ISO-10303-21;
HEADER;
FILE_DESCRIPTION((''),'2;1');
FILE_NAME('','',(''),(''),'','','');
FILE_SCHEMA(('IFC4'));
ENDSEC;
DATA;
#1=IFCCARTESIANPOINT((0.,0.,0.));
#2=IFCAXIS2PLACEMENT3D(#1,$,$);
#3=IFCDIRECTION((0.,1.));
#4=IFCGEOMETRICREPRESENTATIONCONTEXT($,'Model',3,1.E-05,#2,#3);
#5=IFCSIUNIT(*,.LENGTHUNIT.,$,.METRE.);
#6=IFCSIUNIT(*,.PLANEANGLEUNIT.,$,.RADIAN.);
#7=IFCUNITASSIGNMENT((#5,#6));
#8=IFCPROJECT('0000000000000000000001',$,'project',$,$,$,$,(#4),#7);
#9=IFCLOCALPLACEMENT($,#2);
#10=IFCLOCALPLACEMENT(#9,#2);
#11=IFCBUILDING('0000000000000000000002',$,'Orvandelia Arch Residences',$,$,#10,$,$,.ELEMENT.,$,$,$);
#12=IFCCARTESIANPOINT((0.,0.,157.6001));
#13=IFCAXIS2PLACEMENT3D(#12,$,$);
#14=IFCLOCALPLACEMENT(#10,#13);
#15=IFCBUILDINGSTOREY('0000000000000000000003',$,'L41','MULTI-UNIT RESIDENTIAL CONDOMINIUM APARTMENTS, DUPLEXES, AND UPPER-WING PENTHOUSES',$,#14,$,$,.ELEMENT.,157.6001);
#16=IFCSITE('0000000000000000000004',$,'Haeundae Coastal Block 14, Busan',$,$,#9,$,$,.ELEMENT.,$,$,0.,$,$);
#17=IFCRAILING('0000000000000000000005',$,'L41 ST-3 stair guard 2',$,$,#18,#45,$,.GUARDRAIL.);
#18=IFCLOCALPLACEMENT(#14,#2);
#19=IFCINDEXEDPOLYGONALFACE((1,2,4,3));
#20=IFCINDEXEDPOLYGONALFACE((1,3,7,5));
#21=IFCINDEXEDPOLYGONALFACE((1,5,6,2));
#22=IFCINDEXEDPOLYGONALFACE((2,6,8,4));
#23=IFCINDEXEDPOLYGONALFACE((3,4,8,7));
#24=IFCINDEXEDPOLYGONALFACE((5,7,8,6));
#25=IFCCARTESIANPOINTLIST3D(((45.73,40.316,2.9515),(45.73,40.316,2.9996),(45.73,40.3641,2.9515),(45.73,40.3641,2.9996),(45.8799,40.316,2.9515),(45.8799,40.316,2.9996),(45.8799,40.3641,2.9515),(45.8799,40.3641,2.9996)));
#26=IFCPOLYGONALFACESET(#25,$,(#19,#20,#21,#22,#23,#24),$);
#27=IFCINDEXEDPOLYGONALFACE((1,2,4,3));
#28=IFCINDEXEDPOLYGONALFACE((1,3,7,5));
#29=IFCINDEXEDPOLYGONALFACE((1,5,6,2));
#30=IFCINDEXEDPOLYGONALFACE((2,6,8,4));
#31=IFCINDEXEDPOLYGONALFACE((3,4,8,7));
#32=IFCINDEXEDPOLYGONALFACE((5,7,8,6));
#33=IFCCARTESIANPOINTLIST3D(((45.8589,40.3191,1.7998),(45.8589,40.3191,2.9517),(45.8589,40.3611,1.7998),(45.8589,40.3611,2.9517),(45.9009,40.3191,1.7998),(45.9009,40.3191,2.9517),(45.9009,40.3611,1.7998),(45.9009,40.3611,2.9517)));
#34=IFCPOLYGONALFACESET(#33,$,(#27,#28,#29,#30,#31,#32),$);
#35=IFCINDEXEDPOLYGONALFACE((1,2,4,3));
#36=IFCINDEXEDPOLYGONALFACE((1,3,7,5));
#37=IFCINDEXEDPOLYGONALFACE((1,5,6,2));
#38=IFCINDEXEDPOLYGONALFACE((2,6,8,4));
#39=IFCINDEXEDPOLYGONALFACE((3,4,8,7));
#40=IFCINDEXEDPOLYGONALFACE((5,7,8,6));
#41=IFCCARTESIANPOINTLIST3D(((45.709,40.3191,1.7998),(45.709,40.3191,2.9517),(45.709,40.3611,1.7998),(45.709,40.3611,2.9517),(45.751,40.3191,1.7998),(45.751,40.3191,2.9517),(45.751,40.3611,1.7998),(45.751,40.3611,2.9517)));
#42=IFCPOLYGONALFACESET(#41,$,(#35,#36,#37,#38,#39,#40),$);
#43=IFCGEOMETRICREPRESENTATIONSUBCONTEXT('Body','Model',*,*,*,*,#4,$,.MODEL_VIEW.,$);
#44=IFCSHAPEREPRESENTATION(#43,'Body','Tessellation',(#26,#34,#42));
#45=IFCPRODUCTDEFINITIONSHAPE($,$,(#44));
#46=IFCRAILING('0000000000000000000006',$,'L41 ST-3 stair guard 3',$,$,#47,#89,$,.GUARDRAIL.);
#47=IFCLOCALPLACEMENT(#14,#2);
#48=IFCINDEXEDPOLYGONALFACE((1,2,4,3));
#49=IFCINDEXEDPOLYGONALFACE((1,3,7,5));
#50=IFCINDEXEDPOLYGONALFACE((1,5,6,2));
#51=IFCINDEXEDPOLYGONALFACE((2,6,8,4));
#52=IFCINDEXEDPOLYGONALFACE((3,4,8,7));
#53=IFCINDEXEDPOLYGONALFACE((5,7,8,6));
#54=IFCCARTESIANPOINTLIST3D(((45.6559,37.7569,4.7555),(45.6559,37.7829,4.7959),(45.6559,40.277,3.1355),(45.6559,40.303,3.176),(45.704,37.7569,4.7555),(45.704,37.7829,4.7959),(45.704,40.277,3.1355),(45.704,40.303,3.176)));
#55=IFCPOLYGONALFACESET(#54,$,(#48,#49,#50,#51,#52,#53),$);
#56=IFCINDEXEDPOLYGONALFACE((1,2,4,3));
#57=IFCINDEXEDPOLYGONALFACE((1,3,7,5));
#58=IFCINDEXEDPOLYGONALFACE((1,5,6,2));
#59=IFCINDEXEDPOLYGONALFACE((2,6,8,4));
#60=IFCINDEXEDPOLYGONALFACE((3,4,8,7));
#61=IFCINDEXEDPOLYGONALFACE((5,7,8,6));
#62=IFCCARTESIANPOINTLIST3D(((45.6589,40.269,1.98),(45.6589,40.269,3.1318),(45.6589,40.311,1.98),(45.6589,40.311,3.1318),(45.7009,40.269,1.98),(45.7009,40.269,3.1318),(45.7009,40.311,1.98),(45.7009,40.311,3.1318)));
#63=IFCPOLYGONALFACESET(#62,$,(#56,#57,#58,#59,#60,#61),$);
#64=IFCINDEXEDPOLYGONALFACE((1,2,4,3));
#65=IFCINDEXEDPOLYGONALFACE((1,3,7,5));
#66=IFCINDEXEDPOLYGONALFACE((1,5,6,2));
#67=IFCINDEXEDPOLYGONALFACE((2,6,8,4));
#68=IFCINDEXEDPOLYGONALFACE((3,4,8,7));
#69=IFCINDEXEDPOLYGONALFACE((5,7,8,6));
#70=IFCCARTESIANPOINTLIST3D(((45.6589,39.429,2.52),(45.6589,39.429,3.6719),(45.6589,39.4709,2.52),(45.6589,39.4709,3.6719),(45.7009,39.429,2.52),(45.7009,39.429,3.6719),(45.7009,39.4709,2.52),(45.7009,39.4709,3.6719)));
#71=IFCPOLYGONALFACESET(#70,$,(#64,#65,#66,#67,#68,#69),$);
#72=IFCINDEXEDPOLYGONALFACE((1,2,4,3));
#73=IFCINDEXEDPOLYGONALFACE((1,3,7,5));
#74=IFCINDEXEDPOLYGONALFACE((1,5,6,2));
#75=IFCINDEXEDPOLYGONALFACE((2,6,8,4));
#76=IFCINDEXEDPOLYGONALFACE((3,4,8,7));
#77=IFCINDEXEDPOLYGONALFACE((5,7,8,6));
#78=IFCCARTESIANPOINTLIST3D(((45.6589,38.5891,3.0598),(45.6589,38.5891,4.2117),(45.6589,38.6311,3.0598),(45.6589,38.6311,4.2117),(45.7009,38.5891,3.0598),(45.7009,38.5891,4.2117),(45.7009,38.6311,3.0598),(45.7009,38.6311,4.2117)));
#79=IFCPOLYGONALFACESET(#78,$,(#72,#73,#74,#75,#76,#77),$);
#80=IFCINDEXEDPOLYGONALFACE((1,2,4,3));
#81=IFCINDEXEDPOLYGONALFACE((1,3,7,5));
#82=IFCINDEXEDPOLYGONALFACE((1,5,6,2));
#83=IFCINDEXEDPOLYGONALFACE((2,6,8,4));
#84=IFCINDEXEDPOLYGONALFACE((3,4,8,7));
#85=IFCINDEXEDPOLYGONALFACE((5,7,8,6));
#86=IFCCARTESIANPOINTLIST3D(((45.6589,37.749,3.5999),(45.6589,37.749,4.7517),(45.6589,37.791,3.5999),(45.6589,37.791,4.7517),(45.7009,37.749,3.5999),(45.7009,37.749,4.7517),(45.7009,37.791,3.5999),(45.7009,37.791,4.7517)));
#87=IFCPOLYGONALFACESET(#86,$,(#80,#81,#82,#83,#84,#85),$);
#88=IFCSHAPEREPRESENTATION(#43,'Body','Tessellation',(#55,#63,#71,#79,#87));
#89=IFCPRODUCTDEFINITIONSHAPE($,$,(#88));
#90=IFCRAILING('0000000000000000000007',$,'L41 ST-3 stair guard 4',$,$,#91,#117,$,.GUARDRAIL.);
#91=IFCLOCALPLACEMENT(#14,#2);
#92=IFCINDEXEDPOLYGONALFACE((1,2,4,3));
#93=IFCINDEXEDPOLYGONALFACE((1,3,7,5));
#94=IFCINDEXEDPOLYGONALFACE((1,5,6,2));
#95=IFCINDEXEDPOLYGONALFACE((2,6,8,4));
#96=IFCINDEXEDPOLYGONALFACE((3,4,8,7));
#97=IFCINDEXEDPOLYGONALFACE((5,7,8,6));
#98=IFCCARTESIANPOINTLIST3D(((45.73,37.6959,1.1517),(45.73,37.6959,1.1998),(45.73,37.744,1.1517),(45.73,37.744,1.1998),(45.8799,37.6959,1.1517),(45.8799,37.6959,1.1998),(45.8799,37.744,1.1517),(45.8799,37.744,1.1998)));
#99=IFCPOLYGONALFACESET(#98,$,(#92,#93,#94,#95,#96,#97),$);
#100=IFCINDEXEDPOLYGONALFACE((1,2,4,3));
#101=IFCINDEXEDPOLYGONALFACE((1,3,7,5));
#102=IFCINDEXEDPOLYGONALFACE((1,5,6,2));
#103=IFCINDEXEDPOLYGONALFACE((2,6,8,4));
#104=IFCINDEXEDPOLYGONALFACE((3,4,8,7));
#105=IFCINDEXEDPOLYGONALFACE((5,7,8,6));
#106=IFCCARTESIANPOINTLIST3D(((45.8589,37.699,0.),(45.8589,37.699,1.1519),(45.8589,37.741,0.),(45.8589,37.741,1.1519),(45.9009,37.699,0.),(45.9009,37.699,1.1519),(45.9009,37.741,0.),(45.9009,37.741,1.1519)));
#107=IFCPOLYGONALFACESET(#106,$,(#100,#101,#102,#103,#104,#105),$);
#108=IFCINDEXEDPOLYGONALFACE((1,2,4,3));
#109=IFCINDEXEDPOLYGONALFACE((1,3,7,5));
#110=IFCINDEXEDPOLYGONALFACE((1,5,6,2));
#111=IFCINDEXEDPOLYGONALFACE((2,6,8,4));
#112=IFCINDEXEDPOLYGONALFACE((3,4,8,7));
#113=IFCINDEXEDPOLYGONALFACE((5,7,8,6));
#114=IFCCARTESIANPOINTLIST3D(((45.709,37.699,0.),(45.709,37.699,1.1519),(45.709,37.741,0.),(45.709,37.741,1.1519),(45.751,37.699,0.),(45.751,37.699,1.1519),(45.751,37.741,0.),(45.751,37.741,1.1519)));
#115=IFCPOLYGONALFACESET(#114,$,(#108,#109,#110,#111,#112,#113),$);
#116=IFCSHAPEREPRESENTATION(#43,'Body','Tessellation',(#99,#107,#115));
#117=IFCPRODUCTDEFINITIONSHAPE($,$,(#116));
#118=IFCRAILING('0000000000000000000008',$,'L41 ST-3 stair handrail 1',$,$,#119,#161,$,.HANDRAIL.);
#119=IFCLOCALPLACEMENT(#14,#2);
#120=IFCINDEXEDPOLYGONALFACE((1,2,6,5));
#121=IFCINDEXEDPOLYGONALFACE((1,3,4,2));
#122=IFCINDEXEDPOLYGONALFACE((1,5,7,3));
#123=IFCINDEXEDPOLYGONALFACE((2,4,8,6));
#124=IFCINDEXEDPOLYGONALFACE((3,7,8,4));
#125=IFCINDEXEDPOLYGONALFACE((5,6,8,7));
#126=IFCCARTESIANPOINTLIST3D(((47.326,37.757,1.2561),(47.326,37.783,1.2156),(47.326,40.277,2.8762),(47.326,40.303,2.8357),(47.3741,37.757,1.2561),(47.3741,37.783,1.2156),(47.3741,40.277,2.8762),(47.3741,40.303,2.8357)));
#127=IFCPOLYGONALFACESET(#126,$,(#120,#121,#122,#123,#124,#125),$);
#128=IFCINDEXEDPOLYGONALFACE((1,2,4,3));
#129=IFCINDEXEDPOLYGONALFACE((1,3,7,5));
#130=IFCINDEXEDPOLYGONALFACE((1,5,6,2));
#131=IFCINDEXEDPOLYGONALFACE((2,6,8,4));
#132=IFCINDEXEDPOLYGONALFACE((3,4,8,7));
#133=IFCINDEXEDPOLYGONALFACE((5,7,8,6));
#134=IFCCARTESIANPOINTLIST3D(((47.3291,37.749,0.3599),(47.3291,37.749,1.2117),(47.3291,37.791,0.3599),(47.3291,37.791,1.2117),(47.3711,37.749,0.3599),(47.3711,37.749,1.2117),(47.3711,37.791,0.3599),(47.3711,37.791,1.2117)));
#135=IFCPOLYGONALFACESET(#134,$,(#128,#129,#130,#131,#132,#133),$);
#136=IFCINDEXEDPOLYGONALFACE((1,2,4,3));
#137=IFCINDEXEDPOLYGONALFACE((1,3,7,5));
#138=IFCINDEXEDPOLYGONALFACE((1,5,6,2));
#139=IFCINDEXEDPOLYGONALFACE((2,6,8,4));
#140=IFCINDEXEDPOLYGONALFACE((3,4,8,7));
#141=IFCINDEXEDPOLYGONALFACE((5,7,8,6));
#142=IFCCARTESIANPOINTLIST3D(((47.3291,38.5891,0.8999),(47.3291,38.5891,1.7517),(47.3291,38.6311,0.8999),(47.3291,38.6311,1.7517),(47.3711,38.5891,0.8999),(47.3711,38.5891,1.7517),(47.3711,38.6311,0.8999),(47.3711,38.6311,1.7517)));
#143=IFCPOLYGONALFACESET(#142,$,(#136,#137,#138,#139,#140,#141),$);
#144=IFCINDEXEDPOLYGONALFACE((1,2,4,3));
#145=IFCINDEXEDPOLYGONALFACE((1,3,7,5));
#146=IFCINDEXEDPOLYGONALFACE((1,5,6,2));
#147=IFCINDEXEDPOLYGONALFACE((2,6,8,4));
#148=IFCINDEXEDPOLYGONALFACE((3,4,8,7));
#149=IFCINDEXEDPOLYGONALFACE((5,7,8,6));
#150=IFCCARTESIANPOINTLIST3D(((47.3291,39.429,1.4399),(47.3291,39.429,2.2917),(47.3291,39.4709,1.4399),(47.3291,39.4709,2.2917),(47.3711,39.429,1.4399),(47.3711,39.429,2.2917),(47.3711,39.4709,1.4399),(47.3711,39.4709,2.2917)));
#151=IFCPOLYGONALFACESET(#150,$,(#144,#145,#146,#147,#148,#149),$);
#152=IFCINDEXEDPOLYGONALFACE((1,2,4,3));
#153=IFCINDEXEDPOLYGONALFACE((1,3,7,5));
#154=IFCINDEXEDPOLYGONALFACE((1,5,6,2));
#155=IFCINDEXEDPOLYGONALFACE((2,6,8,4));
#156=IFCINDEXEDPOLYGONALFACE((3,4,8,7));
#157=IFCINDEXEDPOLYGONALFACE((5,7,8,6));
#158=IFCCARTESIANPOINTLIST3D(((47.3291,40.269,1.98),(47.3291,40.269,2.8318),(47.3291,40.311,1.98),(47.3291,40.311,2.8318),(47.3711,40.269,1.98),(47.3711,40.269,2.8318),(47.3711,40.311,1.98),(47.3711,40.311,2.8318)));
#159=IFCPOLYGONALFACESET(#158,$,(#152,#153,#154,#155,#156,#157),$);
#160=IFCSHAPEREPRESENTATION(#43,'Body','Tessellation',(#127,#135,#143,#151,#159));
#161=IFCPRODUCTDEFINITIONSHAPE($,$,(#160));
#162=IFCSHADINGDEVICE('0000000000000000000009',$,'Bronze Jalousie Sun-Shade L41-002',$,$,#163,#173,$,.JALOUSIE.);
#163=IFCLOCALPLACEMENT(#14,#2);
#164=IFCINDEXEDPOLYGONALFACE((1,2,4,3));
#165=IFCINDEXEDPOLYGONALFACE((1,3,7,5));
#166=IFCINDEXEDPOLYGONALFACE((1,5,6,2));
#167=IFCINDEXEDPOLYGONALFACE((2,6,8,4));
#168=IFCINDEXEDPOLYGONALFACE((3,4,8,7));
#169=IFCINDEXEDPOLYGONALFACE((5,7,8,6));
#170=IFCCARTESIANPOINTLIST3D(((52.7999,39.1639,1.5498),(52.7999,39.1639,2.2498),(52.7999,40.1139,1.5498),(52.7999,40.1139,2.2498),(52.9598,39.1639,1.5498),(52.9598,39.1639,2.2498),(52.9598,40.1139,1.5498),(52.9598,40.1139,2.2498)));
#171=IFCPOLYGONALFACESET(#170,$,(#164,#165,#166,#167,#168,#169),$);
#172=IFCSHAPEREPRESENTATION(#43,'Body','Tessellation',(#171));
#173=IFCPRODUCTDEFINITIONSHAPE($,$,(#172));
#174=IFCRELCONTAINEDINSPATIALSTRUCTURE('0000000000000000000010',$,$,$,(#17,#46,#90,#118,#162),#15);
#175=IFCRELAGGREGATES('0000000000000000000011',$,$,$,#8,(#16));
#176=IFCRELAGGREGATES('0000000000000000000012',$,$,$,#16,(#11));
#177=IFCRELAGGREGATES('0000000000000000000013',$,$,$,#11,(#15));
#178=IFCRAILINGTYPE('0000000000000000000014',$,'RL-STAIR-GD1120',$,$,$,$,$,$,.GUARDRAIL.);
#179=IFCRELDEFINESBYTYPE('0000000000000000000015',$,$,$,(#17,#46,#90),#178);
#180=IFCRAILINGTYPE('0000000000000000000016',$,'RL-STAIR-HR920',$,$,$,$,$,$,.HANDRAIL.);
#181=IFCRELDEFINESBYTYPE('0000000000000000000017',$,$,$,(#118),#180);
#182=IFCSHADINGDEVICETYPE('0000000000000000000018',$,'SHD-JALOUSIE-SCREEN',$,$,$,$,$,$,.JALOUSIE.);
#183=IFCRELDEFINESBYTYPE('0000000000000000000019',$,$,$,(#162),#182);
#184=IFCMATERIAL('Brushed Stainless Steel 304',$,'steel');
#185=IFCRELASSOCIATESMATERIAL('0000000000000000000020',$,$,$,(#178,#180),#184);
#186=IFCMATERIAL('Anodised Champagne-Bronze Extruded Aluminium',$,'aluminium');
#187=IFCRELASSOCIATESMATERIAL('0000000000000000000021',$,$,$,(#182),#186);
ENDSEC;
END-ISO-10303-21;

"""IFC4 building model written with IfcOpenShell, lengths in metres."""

from ifc_helpers import new_model, si_unit, direction, frame, origin, origin_2d, place, context, subcontext, project, spatial, rectangle, extrude, material, type_object, element, save


model = new_model("IFC4")

# Units and contexts
model_context = context("Model", 3, precision=1e-05, world=origin(), true_north=direction((0.0, 1.0)))
body_context = subcontext(model_context, "Body", "Model", "MODEL_VIEW")
ifc_project = project(units=[si_unit("LENGTHUNIT", "METRE"), si_unit("PLANEANGLEUNIT", "RADIAN")], contexts=[model_context])

# Site, building, storey
site_placement = place(None, origin())
site = spatial("IfcSite", under=ifc_project, at=site_placement, Name="Haeundae Coastal Block 14, Busan", CompositionType="ELEMENT", RefElevation=0.0)
building_placement = place(site_placement, origin())
building = spatial("IfcBuilding", under=site, at=building_placement, Name="Orvandelia Arch Residences", CompositionType="ELEMENT")
storey_placement = place(building_placement, frame((0.0, 0.0, 157.6001)))
storey = spatial("IfcBuildingStorey", under=building, at=storey_placement, Name="L41", Description="MULTI-UNIT RESIDENTIAL CONDOMINIUM APARTMENTS, DUPLEXES, AND UPPER-WING PENTHOUSES", CompositionType="ELEMENT", Elevation=157.6001)

# Railings
ifc_material_1 = material(Name="Brushed Stainless Steel 304", Category="steel")
railing_type_1 = type_object("IfcRailingType", Name="RL-STAIR-GD1120", PredefinedType="GUARDRAIL", material=ifc_material_1)
railing_1_placement = place(storey_placement, frame((45.8799, 40.3401, 1.7998)))
element("IfcRailing", 1, at=railing_1_placement, inside=storey, type_object=railing_type_1, Name="L41 ST-3 stair guard 2", PredefinedType="GUARDRAIL", context=body_context, shape_type="SweptSolid", body=[
    extrude(rectangle(XDim=0.0481, YDim=0.0481, at=origin_2d()), frame((0.0, 0.0, 1.1758), z_axis=(-1.0, 0.0, 0.0), x_axis=(0.0, -1.0, 0.0)), (0.0, 0.0, 1.0), 0.1499),
    extrude(rectangle(XDim=0.042, YDim=0.042, at=origin_2d()), origin(), (0.0, 0.0, 1.0), 1.1519),
    extrude(rectangle(XDim=0.042, YDim=0.042, at=origin_2d()), frame((-0.1499, 0.0, 0.0)), (0.0, 0.0, 1.0), 1.1519),
])
railing_2_placement = place(storey_placement, frame((45.6799, 40.29, 1.98)))
element("IfcRailing", 2, at=railing_2_placement, inside=storey, type_object=railing_type_1, Name="L41 ST-3 stair guard 3", PredefinedType="GUARDRAIL", context=body_context, shape_type="SweptSolid", body=[
    extrude(rectangle(XDim=0.0481, YDim=0.0481, at=origin_2d()), frame((0.0, 0.0, 1.1758), z_axis=(0.0, -0.8412, 0.540725), x_axis=(1.0, 0.0, 0.0)), (0.0, 0.0, 1.0), 2.9958),
    extrude(rectangle(XDim=0.042, YDim=0.042, at=origin_2d()), origin(), (0.0, 0.0, 1.0), 1.1519),
    extrude(rectangle(XDim=0.042, YDim=0.042, at=origin_2d()), frame((0.0, -0.8401, 0.54)), (0.0, 0.0, 1.0), 1.1519),
    extrude(rectangle(XDim=0.042, YDim=0.042, at=origin_2d()), frame((0.0, -1.6799, 1.0798)), (0.0, 0.0, 1.0), 1.1519),
    extrude(rectangle(XDim=0.042, YDim=0.042, at=origin_2d()), frame((0.0, -2.52, 1.6199)), (0.0, 0.0, 1.0), 1.1519),
])
railing_3_placement = place(storey_placement, frame((45.8799, 37.72, 0.0)))
element("IfcRailing", 3, at=railing_3_placement, inside=storey, type_object=railing_type_1, Name="L41 ST-3 stair guard 4", PredefinedType="GUARDRAIL", context=body_context, shape_type="SweptSolid", body=[
    extrude(rectangle(XDim=0.0481, YDim=0.0481, at=origin_2d()), frame((0.0, 0.0, 1.1758), z_axis=(-1.0, 0.0, 0.0), x_axis=(0.0, -1.0, 0.0)), (0.0, 0.0, 1.0), 0.1499),
    extrude(rectangle(XDim=0.042, YDim=0.042, at=origin_2d()), origin(), (0.0, 0.0, 1.0), 1.1519),
    extrude(rectangle(XDim=0.042, YDim=0.042, at=origin_2d()), frame((-0.1499, 0.0, 0.0)), (0.0, 0.0, 1.0), 1.1519),
])
railing_type_2 = type_object("IfcRailingType", Name="RL-STAIR-HR920", PredefinedType="HANDRAIL", material=ifc_material_1)
railing_4_placement = place(storey_placement, frame((47.3501, 37.77, 0.3599)))
element("IfcRailing", 4, at=railing_4_placement, inside=storey, type_object=railing_type_2, Name="L41 ST-3 stair handrail 1", PredefinedType="HANDRAIL", context=body_context, shape_type="SweptSolid", body=[
    extrude(rectangle(XDim=0.0481, YDim=0.0481, at=origin_2d()), frame((0.0, 0.0, 0.876), z_axis=(0.0, 0.841163, 0.540782), x_axis=(-1.0, 0.0, 0.0)), (0.0, 0.0, 1.0), 2.9958),
    extrude(rectangle(XDim=0.042, YDim=0.042, at=origin_2d()), origin(), (0.0, 0.0, 1.0), 0.8518),
    extrude(rectangle(XDim=0.042, YDim=0.042, at=origin_2d()), frame((0.0, 0.8401, 0.54)), (0.0, 0.0, 1.0), 0.8518),
    extrude(rectangle(XDim=0.042, YDim=0.042, at=origin_2d()), frame((0.0, 1.6799, 1.0801)), (0.0, 0.0, 1.0), 0.8518),
    extrude(rectangle(XDim=0.042, YDim=0.042, at=origin_2d()), frame((0.0, 2.52, 1.6201)), (0.0, 0.0, 1.0), 0.8518),
])

# Shading device
ifc_material_2 = material(Name="Anodised Champagne-Bronze Extruded Aluminium", Category="aluminium")
shading_device_type = type_object("IfcShadingDeviceType", Name="SHD-JALOUSIE-SCREEN", PredefinedType="JALOUSIE", material=ifc_material_2)
shading_device_placement = place(storey_placement, frame((52.8799, 39.6389, 1.5498), z_axis=(0.0, 0.0, 1.0), x_axis=(0.0, -1.0, 0.0)))
element("IfcShadingDevice", 5, at=shading_device_placement, inside=storey, type_object=shading_device_type, Name="Bronze Jalousie Sun-Shade L41-002", PredefinedType="JALOUSIE", context=body_context, shape_type="SweptSolid", body=[
    extrude(rectangle(XDim=0.95, YDim=0.1599, at=origin_2d()), origin(), (0.0, 0.0, 1.0), 0.7),
])

save(model, "model.ifc")
